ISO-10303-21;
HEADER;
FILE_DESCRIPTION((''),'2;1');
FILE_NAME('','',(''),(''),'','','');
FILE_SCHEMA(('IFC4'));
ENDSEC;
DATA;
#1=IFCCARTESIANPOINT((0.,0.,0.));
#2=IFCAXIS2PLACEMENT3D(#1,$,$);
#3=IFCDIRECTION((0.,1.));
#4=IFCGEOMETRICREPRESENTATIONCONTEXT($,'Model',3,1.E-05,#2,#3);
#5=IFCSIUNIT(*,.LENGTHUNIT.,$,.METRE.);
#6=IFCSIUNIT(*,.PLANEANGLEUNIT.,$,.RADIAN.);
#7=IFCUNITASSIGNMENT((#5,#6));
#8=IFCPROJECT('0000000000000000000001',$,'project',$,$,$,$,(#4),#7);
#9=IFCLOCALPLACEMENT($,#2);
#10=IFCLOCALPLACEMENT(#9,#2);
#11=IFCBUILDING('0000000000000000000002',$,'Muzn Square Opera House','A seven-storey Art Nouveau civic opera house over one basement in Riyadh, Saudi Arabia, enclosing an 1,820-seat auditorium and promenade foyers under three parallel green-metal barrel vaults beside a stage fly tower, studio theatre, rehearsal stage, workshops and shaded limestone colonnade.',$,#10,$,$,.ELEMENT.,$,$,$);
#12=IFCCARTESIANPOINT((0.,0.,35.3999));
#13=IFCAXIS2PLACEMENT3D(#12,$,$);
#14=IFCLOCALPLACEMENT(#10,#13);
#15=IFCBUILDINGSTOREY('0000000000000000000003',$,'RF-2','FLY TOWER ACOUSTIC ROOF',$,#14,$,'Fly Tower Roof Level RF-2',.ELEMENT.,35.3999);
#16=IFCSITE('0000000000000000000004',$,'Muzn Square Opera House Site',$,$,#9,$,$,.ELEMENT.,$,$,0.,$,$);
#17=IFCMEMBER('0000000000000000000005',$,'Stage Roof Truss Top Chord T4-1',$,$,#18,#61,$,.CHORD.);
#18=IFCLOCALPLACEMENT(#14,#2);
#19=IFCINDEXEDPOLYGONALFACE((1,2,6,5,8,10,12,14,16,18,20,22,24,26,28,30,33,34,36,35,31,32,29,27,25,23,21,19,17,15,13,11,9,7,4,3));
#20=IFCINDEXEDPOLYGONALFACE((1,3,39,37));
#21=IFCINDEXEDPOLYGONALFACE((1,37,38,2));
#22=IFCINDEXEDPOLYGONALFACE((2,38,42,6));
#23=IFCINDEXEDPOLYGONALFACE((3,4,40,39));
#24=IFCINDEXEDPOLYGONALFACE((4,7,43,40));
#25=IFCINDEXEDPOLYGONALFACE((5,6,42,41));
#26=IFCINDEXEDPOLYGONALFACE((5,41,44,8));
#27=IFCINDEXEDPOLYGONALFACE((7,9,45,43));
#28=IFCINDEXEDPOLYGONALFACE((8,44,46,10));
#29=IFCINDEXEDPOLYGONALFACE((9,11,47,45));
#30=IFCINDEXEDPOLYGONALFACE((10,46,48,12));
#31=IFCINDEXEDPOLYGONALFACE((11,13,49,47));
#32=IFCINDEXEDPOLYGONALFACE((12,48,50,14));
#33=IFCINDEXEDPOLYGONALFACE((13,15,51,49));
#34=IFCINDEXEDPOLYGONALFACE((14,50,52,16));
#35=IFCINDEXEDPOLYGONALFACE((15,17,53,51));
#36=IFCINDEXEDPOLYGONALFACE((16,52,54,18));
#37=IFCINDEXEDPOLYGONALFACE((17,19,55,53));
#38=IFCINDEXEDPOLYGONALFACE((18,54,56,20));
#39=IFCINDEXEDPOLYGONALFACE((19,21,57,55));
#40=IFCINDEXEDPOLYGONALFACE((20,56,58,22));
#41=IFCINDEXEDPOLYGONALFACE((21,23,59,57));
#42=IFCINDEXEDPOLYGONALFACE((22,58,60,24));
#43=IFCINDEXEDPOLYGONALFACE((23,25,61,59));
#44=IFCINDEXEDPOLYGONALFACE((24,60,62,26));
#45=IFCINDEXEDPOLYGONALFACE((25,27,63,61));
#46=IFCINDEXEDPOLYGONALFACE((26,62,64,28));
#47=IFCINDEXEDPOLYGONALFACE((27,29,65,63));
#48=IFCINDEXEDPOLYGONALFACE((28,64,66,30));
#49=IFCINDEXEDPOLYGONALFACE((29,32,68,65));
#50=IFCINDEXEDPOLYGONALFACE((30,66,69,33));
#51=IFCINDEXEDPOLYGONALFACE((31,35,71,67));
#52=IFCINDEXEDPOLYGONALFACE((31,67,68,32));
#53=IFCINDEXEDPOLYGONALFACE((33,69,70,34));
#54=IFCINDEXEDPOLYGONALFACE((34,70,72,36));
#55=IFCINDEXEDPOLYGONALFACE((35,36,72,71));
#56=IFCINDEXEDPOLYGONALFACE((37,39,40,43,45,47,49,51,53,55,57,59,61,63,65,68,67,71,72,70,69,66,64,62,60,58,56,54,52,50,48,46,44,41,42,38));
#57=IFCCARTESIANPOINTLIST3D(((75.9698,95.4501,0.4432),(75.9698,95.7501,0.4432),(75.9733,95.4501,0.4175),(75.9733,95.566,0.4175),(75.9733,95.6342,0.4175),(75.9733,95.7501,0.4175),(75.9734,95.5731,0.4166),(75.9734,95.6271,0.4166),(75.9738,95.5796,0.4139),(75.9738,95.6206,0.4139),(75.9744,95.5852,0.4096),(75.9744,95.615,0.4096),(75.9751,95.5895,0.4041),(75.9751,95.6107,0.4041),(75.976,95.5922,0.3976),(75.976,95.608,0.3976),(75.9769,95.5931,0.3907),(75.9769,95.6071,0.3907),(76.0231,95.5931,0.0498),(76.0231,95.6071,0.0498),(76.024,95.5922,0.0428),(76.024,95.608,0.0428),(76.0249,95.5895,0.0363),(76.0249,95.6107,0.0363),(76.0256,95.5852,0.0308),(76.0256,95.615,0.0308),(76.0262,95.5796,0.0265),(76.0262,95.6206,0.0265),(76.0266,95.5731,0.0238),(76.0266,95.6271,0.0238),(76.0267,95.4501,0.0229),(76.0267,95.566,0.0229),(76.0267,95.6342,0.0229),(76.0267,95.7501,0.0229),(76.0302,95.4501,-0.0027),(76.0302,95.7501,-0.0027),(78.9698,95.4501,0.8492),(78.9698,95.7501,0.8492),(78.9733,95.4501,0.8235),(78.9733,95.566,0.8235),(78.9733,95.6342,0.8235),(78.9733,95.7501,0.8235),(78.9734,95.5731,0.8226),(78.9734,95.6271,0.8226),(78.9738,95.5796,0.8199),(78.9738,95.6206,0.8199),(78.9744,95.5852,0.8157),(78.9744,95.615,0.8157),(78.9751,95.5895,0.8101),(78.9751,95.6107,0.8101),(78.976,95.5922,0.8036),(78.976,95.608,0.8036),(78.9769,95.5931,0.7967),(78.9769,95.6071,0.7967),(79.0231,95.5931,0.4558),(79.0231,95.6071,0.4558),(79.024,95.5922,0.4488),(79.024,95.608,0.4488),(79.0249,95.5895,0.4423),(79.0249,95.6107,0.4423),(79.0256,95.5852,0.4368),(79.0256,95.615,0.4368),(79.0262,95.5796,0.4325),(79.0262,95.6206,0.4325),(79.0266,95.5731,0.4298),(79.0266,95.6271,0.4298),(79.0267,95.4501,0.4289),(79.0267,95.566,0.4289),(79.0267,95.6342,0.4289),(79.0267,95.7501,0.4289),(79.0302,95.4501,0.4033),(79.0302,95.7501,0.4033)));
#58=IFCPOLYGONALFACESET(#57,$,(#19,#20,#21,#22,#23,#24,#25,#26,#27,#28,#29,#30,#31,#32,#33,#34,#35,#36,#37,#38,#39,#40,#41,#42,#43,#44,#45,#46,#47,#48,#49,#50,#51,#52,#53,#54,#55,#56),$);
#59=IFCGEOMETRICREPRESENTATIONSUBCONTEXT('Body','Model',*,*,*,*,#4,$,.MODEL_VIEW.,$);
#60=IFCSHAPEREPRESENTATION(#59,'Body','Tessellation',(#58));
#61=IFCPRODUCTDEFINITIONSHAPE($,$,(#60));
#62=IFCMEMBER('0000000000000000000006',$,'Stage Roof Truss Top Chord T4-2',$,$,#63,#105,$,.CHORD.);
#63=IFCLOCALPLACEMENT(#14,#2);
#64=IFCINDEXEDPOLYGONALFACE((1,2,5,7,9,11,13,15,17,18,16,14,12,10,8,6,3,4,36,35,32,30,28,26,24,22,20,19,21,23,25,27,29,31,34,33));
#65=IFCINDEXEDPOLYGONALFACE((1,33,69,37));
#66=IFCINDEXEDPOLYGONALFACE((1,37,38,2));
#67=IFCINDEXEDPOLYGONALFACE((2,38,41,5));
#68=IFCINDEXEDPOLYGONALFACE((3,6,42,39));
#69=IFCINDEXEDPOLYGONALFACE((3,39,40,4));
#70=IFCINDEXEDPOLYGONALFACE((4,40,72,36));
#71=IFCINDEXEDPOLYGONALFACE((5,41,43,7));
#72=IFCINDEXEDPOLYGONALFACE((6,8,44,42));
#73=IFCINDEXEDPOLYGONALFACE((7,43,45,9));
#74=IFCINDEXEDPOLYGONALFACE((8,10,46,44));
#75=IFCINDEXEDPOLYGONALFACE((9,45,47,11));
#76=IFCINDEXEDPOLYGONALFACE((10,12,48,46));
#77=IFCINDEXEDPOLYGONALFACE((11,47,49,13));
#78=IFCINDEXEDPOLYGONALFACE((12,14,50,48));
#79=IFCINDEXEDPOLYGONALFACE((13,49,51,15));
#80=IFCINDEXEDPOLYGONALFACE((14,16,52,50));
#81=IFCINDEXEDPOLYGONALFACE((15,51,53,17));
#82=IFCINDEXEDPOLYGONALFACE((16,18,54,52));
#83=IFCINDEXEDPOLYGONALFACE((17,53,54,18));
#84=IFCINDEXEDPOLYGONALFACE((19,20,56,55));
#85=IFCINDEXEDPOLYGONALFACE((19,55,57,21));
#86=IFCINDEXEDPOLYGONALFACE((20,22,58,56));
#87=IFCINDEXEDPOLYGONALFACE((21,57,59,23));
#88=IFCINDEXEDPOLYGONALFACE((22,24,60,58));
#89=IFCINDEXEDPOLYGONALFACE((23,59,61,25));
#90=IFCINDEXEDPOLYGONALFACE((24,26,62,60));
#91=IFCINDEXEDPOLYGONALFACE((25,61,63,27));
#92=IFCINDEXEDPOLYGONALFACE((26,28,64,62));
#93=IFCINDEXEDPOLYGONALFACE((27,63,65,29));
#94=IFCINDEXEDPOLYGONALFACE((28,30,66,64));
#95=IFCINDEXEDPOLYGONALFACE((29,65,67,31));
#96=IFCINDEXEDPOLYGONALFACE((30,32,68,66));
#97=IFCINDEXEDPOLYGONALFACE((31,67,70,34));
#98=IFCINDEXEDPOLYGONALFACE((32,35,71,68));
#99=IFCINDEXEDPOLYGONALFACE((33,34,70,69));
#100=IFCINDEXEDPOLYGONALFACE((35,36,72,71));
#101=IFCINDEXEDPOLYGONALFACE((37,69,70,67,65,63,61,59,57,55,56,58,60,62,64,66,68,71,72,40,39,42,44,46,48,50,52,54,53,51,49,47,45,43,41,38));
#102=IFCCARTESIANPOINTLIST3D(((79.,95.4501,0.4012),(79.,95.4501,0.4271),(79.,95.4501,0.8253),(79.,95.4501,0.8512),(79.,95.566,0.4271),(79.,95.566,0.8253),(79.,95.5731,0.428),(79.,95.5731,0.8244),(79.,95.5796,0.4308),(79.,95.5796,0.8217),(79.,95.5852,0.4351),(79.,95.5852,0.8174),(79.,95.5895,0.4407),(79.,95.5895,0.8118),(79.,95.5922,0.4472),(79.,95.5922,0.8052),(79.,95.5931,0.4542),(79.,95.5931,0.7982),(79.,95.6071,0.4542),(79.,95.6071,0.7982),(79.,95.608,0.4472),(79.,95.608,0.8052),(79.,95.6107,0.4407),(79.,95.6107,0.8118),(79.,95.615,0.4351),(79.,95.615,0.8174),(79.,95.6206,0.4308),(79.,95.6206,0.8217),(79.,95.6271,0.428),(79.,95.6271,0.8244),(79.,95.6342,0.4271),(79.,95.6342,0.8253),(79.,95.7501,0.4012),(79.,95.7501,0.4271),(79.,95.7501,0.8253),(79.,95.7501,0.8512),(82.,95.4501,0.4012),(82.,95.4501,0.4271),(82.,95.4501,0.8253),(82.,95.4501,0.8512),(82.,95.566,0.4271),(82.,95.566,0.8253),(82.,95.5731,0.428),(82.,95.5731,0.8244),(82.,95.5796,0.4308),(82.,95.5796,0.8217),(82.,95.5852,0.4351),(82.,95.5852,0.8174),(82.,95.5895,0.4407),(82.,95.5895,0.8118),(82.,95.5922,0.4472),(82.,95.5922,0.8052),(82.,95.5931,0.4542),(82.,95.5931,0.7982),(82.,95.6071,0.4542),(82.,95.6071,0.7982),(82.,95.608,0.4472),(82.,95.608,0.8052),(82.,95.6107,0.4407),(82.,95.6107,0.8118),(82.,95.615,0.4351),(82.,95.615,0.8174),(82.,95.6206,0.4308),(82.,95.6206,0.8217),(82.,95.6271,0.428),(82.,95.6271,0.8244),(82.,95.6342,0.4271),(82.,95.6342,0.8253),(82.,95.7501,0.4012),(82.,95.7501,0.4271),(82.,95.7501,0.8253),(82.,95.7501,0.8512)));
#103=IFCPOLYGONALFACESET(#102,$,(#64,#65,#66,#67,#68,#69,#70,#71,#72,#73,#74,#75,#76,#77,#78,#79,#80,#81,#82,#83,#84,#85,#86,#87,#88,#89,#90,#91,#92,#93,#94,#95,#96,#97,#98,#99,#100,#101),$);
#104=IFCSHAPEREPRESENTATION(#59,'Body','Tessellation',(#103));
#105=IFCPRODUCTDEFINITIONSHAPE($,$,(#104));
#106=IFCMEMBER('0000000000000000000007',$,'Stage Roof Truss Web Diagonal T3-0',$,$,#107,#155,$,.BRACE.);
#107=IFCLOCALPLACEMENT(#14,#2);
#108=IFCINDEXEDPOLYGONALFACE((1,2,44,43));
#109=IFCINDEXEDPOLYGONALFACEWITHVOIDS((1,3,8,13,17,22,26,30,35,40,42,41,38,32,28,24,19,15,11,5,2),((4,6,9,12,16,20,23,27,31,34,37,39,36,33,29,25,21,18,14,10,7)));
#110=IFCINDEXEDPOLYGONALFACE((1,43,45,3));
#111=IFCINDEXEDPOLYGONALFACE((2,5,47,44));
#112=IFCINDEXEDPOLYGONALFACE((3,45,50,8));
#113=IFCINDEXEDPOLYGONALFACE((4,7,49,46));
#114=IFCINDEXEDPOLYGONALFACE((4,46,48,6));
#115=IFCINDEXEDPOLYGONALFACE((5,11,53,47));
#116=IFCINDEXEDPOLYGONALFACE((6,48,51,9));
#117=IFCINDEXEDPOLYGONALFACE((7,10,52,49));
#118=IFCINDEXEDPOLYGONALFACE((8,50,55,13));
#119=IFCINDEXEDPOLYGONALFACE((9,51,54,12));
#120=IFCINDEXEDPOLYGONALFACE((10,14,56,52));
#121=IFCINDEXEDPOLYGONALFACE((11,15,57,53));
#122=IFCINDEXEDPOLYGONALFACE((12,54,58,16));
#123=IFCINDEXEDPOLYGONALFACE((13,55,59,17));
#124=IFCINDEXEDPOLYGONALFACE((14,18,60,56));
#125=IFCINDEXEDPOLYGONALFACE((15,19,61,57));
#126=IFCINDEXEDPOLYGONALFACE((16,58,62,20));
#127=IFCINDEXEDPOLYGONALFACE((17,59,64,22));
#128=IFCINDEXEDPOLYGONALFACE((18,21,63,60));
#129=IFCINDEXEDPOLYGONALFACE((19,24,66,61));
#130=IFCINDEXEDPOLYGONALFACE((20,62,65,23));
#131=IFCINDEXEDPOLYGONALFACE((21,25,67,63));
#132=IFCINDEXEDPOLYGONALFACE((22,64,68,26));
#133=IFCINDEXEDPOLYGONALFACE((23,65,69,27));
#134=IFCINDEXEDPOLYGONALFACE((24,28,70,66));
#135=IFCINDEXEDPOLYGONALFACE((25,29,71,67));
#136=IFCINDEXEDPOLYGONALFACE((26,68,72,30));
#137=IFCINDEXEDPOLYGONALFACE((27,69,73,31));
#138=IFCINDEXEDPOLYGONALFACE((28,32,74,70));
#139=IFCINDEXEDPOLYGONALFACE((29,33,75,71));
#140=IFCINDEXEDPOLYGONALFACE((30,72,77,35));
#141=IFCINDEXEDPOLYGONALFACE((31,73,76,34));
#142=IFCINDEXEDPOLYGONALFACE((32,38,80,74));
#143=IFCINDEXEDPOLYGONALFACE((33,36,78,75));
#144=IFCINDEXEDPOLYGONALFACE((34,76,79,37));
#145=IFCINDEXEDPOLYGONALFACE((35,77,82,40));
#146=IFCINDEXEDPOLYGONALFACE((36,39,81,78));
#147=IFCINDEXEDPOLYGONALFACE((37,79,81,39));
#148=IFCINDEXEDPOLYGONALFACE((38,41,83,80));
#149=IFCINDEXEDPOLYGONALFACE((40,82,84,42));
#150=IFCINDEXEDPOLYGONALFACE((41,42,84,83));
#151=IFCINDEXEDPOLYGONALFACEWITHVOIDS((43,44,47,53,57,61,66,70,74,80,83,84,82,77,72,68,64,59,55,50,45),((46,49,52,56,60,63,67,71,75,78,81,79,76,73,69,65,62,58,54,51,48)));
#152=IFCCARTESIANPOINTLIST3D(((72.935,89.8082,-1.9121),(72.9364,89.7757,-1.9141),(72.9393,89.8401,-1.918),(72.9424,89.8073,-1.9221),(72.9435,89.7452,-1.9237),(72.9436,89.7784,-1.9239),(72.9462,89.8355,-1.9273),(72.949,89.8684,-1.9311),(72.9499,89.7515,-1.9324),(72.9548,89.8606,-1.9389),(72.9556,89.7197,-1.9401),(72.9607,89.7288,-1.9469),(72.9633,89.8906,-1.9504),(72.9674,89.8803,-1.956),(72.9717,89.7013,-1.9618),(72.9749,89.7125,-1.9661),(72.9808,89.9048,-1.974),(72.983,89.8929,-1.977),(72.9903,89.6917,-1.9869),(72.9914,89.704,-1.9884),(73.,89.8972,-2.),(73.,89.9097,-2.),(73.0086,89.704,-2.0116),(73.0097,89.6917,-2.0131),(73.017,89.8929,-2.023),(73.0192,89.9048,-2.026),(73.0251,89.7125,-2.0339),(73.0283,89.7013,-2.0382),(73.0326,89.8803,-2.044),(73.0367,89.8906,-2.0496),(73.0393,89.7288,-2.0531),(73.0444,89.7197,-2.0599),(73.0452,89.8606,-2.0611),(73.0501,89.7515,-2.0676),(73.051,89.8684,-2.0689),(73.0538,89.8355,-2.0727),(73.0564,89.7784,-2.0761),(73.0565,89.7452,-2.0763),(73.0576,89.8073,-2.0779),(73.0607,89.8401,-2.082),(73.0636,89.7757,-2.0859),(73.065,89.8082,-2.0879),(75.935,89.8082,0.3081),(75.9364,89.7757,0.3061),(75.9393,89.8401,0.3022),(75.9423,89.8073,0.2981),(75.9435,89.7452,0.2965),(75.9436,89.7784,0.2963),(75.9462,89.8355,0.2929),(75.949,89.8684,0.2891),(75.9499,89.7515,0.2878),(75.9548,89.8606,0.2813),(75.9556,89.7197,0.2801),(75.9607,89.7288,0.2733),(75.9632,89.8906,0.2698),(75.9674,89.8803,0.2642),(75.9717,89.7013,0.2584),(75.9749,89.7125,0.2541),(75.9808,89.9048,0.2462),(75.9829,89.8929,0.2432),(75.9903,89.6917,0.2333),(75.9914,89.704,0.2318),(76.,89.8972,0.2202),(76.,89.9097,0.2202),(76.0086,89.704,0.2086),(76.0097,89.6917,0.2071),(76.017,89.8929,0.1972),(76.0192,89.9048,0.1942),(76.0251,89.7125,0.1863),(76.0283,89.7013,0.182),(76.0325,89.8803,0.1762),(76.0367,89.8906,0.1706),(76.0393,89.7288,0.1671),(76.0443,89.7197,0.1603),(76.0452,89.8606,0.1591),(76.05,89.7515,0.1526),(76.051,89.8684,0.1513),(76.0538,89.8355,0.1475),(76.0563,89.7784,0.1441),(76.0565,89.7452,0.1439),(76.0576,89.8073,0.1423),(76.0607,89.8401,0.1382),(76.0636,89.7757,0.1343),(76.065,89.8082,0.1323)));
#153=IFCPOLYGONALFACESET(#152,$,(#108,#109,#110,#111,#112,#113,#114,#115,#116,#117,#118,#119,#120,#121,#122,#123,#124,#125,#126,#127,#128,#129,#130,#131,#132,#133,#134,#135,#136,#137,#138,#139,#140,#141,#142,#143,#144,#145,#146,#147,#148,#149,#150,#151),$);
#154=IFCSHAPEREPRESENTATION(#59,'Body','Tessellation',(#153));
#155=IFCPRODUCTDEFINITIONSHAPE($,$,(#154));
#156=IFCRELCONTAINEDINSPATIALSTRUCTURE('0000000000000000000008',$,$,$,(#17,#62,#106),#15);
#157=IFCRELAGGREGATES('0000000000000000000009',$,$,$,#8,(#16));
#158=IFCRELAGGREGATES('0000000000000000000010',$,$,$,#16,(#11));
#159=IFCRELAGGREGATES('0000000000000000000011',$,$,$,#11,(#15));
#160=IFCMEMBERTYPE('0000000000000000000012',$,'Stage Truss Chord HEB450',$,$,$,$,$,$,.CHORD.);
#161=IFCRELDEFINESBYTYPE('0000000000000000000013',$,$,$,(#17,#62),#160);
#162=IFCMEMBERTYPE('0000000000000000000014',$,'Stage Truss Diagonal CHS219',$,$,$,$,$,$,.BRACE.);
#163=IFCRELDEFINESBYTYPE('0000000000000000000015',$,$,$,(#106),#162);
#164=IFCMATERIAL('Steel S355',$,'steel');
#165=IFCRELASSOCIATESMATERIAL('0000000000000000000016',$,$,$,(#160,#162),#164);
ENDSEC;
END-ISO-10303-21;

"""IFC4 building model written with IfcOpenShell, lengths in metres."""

from ifc_helpers import new_model, si_unit, direction, frame, origin, origin_2d, place, context, subcontext, project, spatial, hollow_circle, i_section, extrude, material, material_profile, profile_set, type_object, element, save


model = new_model("IFC4")

# Units and contexts
model_context = context("Model", 3, precision=1e-05, world=origin(), true_north=direction((0.0, 1.0)))
body_context = subcontext(model_context, "Body", "Model", "MODEL_VIEW")
ifc_project = project(units=[si_unit("LENGTHUNIT", "METRE"), si_unit("PLANEANGLEUNIT", "RADIAN")], contexts=[model_context])

# Site, building, storey
site_placement = place(None, origin())
site = spatial("IfcSite", under=ifc_project, at=site_placement, Name="Muzn Square Opera House Site", CompositionType="ELEMENT", RefElevation=0.0)
building_placement = place(site_placement, origin())
building = spatial("IfcBuilding", under=site, at=building_placement, Name="Muzn Square Opera House", Description="A seven-storey Art Nouveau civic opera house over one basement in Riyadh, Saudi Arabia, enclosing an 1,820-seat auditorium and promenade foyers under three parallel green-metal barrel vaults beside a stage fly tower, studio theatre, rehearsal stage, workshops and shaded limestone colonnade.", CompositionType="ELEMENT")
storey_placement = place(building_placement, frame((0.0, 0.0, 35.3999)))
storey = spatial("IfcBuildingStorey", under=building, at=storey_placement, Name="RF-2", Description="FLY TOWER ACOUSTIC ROOF", LongName="Fly Tower Roof Level RF-2", CompositionType="ELEMENT", Elevation=35.3999)

# Members
ifc_material = material(Name="Steel S355", Category="steel")
ifc_material_profile_1 = material_profile(ifc_material, i_section(OverallWidth=0.3, OverallDepth=0.45, WebThickness=0.0139, FlangeThickness=0.0259, FilletRadius=0.0271, at=origin_2d()), Name="HEB 450", Category="steel")
ifc_profile_set_1 = profile_set([ifc_material_profile_1], Name="Steel S355")
member_type_1 = type_object("IfcMemberType", Name="Stage Truss Chord HEB450", PredefinedType="CHORD", material=ifc_profile_set_1)
member_1_placement = place(storey_placement, frame((76.0, 95.6001, 0.2202), z_axis=(0.990966, 0.0, 0.134113), x_axis=(0.0, 1.0, 0.0)))
element("IfcMember", 1, at=member_1_placement, inside=storey, type_object=member_type_1, Name="Stage Roof Truss Top Chord T4-1", PredefinedType="CHORD", context=body_context, shape_type="SweptSolid", body=[
    extrude(i_section(OverallWidth=0.3, OverallDepth=0.45, WebThickness=0.0139, FlangeThickness=0.0259, FilletRadius=0.0271, at=origin_2d()), origin(), (0.0, 0.0, 1.0), 3.0273),
])
member_2_placement = place(storey_placement, frame((79.0, 95.6001, 0.6262), z_axis=(1.0, 0.0, 0.0), x_axis=(0.0, 1.0, 0.0)))
element("IfcMember", 2, at=member_2_placement, inside=storey, type_object=member_type_1, Name="Stage Roof Truss Top Chord T4-2", PredefinedType="CHORD", context=body_context, shape_type="SweptSolid", body=[
    extrude(i_section(OverallWidth=0.3, OverallDepth=0.45, WebThickness=0.0139, FlangeThickness=0.0259, FilletRadius=0.0271, at=origin_2d()), origin(), (0.0, 0.0, 1.0), 3.0),
])
ifc_material_profile_2 = material_profile(ifc_material, hollow_circle(Radius=0.1096, WallThickness=0.0125, at=origin_2d()), Name="CHS 219.1x12.5", Category="steel")
ifc_profile_set_2 = profile_set([ifc_material_profile_2], Name="Steel S355")
member_type_2 = type_object("IfcMemberType", Name="Stage Truss Diagonal CHS219", PredefinedType="BRACE", material=ifc_profile_set_2)
member_3_placement = place(storey_placement, frame((73.0, 89.8, -2.0), z_axis=(0.803814, 0.0, 0.59488), x_axis=(0.0, 1.0, 0.0)))
element("IfcMember", 3, at=member_3_placement, inside=storey, type_object=member_type_2, Name="Stage Roof Truss Web Diagonal T3-0", PredefinedType="BRACE", context=body_context, shape_type="SweptSolid", body=[
    extrude(hollow_circle(Radius=0.1096, WallThickness=0.0125, at=origin_2d()), origin(), (0.0, 0.0, 1.0), 3.7322),
])

save(model, "model.ifc")
